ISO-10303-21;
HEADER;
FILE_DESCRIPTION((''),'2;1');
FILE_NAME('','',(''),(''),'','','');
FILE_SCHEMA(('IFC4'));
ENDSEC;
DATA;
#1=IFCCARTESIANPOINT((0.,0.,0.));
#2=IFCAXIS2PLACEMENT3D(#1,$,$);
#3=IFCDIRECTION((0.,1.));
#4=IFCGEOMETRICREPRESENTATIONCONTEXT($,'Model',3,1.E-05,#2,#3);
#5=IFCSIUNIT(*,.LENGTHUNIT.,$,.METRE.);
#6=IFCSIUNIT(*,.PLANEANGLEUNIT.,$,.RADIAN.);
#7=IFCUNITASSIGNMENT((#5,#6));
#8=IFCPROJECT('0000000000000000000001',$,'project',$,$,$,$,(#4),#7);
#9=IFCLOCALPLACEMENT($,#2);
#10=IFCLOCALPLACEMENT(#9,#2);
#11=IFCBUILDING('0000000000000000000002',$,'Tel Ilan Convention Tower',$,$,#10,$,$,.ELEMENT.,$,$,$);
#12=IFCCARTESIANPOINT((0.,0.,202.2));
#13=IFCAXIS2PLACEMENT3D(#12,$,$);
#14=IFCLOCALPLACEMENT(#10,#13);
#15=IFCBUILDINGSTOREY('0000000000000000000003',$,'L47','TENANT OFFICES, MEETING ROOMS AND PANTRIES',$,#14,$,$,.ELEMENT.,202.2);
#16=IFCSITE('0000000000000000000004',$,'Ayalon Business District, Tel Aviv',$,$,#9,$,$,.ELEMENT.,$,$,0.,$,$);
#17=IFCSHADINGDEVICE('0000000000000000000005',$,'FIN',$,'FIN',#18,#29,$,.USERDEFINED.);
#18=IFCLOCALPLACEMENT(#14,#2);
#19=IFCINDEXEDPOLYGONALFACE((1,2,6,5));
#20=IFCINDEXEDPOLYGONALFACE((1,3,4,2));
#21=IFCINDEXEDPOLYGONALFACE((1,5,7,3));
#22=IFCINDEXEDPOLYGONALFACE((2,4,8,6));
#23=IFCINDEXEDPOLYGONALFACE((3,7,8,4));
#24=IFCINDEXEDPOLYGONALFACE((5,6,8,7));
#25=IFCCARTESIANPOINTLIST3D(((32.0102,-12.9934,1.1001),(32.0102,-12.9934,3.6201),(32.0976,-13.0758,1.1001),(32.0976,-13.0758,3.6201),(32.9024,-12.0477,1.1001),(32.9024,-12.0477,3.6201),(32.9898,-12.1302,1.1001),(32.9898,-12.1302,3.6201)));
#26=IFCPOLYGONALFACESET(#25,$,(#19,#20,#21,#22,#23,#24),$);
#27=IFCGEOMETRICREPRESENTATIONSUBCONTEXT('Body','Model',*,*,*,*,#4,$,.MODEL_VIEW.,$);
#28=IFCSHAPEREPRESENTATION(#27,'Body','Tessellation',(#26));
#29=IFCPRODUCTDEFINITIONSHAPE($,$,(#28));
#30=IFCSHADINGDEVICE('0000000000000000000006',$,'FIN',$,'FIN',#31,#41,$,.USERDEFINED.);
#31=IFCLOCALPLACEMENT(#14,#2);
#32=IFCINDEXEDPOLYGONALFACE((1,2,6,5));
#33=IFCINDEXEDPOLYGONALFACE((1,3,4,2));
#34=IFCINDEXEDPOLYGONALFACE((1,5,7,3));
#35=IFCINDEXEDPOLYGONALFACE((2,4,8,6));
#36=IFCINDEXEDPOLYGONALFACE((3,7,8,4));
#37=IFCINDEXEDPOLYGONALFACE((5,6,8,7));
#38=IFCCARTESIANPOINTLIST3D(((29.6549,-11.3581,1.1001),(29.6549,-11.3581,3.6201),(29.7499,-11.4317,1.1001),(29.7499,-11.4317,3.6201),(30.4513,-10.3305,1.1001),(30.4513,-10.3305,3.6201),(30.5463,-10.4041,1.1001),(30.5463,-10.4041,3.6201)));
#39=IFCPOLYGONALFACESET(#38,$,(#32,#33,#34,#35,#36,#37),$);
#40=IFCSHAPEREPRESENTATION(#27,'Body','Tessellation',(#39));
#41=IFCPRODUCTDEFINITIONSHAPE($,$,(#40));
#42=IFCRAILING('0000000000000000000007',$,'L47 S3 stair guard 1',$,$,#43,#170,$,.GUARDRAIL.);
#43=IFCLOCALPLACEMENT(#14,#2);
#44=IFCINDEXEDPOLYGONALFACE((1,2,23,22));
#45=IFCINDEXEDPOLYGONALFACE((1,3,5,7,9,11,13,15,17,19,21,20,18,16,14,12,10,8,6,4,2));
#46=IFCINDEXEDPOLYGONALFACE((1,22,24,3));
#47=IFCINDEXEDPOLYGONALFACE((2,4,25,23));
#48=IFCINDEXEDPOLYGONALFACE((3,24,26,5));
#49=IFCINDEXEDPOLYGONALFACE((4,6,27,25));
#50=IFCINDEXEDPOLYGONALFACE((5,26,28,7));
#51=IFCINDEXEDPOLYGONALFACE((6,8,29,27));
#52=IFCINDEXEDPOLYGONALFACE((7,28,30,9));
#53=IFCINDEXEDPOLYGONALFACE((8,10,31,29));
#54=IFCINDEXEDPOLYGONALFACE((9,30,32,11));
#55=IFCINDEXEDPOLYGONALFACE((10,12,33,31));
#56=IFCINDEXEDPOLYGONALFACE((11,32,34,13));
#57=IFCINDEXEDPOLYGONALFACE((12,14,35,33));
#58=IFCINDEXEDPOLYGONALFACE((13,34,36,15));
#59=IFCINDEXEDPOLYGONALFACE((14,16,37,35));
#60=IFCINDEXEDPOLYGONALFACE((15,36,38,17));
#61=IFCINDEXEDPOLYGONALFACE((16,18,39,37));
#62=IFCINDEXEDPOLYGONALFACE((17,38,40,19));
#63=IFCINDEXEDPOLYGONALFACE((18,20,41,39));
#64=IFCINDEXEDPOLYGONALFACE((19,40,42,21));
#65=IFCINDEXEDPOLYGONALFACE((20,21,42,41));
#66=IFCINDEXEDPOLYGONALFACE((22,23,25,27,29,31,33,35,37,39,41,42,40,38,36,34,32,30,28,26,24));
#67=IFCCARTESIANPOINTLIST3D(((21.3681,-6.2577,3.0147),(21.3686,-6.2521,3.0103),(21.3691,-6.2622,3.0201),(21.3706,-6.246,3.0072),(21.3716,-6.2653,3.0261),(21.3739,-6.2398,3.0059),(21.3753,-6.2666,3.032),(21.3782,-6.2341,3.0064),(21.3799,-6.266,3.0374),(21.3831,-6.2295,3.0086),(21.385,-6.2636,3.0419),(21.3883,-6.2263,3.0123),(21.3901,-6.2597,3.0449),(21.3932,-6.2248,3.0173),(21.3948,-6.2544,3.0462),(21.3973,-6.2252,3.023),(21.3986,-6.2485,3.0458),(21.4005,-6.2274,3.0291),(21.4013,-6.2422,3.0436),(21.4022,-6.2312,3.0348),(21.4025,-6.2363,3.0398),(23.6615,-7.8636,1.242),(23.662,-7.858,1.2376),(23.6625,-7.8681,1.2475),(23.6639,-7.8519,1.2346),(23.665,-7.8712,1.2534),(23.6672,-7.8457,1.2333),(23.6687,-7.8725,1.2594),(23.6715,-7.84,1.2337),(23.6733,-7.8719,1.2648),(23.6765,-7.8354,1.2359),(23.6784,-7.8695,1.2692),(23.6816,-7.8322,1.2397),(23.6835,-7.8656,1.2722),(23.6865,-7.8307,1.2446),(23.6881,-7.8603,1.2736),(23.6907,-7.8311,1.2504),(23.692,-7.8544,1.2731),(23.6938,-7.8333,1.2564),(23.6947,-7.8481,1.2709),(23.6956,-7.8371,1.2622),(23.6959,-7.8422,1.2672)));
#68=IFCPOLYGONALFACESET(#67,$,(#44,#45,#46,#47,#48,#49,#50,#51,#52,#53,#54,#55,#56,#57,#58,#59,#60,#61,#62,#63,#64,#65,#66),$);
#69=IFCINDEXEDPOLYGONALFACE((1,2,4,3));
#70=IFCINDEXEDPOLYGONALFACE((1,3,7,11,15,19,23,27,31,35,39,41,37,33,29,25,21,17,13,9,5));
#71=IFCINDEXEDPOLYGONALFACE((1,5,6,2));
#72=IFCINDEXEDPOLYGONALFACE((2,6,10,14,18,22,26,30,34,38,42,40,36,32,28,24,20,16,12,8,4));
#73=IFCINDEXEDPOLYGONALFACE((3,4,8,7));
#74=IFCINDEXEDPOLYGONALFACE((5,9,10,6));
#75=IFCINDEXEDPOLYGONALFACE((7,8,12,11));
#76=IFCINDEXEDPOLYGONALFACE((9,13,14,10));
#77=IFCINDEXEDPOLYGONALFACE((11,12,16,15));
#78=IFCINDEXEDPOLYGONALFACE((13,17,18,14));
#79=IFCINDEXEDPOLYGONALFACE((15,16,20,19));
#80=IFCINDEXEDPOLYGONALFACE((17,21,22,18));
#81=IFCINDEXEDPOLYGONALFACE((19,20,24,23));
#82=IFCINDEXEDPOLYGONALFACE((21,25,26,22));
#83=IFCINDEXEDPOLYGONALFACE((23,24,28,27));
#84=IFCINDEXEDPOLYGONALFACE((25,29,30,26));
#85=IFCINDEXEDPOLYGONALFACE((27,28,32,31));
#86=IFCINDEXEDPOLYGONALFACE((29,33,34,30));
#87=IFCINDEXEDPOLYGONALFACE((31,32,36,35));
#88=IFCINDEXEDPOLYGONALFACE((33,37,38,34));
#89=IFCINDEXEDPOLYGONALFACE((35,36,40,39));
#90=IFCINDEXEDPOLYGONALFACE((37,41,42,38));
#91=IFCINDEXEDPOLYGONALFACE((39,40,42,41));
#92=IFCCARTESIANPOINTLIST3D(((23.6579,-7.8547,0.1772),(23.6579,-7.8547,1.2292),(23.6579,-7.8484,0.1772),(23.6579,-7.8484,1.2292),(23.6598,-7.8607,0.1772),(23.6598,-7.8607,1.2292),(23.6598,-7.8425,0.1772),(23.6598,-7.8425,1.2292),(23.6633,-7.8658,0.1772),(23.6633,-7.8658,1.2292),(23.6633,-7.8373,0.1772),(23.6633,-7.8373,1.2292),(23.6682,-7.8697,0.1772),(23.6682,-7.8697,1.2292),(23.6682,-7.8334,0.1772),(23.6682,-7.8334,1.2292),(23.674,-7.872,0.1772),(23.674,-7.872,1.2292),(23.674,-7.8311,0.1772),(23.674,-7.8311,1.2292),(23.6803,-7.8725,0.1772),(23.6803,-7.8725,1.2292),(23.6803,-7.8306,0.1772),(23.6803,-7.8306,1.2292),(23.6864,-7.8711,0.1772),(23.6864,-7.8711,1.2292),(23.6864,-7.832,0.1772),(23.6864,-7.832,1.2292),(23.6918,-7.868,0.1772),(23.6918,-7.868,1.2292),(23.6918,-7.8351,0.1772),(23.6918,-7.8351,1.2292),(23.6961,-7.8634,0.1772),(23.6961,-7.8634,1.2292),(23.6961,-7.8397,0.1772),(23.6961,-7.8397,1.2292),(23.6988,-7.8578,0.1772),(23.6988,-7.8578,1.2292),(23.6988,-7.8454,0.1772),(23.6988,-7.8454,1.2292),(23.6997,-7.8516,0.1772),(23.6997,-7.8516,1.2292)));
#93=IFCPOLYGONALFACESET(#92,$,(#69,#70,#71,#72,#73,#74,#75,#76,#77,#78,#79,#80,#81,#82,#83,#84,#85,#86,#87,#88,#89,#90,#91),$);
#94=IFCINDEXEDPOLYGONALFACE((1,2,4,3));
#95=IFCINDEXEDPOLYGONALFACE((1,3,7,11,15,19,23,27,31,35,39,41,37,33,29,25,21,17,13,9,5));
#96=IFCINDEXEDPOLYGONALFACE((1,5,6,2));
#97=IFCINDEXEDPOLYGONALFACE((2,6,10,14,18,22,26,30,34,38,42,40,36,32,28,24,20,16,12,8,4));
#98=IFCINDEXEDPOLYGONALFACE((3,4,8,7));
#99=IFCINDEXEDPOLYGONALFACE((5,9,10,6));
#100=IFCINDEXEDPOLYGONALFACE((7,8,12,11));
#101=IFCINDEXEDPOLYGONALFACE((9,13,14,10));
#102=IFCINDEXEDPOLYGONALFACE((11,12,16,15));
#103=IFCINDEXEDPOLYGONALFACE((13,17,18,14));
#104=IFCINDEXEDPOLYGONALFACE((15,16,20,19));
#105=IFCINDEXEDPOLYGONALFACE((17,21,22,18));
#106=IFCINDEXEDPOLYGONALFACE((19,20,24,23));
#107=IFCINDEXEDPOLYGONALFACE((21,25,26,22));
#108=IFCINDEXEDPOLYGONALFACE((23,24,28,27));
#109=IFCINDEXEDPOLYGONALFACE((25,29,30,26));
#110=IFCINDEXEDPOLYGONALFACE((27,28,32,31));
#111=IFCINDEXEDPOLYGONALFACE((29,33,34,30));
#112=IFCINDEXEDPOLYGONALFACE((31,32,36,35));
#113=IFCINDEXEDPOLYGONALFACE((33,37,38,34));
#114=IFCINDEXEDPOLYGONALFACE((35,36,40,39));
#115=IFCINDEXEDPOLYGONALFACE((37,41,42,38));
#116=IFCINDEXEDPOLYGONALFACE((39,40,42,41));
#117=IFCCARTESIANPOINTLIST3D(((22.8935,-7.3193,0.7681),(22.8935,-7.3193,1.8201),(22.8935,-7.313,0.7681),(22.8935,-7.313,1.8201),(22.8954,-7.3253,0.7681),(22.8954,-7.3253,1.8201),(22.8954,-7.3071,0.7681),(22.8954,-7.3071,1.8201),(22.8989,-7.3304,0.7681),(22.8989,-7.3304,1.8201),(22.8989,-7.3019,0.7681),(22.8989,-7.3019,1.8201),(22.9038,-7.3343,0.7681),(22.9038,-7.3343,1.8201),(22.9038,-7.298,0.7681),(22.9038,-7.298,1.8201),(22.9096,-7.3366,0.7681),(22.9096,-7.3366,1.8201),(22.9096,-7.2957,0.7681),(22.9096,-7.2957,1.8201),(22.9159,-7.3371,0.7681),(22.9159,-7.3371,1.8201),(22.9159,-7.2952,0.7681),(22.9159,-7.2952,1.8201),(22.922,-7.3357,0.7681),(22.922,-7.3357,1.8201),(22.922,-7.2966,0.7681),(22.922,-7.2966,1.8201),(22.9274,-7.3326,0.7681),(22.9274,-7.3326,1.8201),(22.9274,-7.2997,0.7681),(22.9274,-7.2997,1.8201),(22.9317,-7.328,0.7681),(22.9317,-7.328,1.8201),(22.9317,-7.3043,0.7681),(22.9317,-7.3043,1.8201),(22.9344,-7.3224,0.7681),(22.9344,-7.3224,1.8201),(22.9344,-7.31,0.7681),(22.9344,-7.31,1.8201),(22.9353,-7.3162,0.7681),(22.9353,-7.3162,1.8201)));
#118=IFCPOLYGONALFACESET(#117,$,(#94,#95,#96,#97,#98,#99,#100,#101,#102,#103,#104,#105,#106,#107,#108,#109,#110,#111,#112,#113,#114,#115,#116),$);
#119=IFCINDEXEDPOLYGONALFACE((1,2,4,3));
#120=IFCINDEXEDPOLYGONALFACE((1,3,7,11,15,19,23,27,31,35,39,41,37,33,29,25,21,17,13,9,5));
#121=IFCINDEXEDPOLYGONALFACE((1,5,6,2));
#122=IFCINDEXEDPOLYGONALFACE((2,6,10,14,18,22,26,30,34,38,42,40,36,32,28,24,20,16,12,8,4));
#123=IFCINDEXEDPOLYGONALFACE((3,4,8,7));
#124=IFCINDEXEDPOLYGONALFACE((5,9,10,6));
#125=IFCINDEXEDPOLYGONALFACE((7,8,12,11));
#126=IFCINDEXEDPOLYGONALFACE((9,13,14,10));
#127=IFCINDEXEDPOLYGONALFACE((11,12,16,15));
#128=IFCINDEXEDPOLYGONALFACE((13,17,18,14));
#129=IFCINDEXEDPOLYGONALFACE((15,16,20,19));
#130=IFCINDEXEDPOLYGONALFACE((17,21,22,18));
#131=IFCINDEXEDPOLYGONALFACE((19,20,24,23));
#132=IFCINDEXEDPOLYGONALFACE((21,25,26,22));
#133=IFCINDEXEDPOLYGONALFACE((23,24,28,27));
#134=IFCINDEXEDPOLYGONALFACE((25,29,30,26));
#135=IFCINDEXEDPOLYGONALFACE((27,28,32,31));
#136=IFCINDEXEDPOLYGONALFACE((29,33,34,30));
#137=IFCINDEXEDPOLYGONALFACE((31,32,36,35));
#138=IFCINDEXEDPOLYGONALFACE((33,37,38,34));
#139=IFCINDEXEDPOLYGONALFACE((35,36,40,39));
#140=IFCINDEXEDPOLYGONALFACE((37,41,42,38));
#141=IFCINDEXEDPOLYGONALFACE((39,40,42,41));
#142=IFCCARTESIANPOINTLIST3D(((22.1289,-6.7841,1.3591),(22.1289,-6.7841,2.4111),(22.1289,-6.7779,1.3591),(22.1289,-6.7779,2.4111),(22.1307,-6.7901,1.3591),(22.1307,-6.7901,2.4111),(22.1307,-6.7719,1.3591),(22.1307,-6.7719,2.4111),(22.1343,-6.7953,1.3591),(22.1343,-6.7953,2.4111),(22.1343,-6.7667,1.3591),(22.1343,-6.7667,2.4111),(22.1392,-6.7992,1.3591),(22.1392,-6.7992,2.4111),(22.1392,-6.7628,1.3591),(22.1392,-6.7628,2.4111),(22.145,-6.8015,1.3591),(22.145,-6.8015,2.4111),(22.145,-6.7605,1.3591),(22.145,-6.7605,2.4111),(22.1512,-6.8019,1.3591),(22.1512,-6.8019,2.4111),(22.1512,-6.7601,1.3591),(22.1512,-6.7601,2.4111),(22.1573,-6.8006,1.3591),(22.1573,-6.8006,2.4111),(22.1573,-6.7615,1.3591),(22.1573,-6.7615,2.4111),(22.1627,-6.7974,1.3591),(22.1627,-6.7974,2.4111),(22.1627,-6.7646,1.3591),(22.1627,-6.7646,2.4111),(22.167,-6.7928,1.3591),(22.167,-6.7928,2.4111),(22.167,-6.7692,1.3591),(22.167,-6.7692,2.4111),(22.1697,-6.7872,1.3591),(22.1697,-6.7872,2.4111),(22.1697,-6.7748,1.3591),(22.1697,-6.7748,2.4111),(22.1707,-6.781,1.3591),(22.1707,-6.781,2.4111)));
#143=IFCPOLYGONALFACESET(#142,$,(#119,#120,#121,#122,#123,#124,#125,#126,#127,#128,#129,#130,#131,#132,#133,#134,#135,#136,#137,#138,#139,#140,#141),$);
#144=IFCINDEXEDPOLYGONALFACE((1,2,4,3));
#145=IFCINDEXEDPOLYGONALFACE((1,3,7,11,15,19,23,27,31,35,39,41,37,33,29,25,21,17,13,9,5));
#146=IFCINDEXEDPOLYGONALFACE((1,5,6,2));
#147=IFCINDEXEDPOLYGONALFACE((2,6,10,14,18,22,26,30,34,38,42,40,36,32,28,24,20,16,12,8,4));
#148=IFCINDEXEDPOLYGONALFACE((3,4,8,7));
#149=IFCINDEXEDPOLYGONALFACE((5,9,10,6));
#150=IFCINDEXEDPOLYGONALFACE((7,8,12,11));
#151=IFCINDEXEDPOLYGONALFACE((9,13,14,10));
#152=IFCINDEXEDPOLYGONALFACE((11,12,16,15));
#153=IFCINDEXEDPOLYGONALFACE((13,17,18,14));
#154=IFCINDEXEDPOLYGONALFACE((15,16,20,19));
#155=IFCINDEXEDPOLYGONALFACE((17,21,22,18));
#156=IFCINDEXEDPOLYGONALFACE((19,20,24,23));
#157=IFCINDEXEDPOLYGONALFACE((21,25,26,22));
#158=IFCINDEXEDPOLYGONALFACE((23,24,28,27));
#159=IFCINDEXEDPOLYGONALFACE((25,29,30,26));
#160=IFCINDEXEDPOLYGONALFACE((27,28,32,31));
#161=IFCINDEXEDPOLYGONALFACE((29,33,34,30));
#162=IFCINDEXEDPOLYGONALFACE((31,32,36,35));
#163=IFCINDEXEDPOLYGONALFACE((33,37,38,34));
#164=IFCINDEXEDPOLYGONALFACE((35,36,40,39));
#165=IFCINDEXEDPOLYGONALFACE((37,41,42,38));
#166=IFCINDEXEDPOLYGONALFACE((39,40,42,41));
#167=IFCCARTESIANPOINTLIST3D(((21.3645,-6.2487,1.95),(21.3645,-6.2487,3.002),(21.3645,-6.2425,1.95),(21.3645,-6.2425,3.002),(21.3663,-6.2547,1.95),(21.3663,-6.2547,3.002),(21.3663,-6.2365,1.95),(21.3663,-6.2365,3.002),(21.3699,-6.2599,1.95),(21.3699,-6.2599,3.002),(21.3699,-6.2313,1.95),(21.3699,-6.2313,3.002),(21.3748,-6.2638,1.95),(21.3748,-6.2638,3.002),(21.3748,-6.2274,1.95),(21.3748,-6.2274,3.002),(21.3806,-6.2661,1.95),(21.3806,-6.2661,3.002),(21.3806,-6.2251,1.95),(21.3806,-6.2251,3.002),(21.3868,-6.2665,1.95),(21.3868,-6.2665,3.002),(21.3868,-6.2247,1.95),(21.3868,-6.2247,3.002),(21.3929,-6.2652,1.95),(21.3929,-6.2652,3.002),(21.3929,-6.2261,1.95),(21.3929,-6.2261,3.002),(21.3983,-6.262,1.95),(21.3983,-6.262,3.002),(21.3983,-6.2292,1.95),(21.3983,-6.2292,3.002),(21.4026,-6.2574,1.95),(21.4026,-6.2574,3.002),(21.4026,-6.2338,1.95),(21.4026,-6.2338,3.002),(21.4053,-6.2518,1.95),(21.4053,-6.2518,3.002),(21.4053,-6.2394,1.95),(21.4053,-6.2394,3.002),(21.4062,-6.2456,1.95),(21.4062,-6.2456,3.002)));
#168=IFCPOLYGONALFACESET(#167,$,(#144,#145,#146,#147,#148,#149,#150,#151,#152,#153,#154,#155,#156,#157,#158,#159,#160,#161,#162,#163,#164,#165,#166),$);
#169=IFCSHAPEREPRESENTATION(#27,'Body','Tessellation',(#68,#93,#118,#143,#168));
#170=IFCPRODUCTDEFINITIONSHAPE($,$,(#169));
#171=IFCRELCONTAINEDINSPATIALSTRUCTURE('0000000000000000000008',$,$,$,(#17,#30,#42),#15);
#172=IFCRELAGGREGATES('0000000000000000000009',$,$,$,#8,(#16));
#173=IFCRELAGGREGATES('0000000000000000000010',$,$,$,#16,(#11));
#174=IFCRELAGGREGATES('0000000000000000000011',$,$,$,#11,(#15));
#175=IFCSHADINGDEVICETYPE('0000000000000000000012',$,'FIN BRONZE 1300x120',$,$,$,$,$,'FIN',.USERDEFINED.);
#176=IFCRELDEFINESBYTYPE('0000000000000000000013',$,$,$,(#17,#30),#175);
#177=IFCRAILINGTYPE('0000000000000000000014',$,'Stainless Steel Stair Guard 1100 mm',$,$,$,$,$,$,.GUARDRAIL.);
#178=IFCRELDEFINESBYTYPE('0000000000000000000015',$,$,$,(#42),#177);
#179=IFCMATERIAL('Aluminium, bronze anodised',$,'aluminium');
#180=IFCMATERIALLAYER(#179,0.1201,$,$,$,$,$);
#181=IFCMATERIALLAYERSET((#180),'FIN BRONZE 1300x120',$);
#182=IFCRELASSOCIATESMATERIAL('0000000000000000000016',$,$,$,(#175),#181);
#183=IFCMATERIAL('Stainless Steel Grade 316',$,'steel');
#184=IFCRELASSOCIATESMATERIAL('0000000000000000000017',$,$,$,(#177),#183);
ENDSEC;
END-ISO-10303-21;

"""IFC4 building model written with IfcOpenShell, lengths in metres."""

from ifc_helpers import new_model, si_unit, direction, frame, origin, origin_2d, place, context, subcontext, project, spatial, rectangle, circle, extrude, material, layer, layer_set, type_object, element, save


model = new_model("IFC4")

# Units and contexts
model_context = context("Model", 3, precision=1e-05, world=origin(), true_north=direction((0.0, 1.0)))
body_context = subcontext(model_context, "Body", "Model", "MODEL_VIEW")
ifc_project = project(units=[si_unit("LENGTHUNIT", "METRE"), si_unit("PLANEANGLEUNIT", "RADIAN")], contexts=[model_context])

# Site, building, storey
site_placement = place(None, origin())
site = spatial("IfcSite", under=ifc_project, at=site_placement, Name="Ayalon Business District, Tel Aviv", CompositionType="ELEMENT", RefElevation=0.0)
building_placement = place(site_placement, origin())
building = spatial("IfcBuilding", under=site, at=building_placement, Name="Tel Ilan Convention Tower", CompositionType="ELEMENT")
storey_placement = place(building_placement, frame((0.0, 0.0, 202.2)))
storey = spatial("IfcBuildingStorey", under=building, at=storey_placement, Name="L47", Description="TENANT OFFICES, MEETING ROOMS AND PANTRIES", CompositionType="ELEMENT", Elevation=202.2)

# Shading devices
ifc_material_1 = material(Name="Aluminium, bronze anodised", Category="aluminium")
ifc_layer_1 = layer(ifc_material_1, 0.1201)
ifc_layer_set_1 = layer_set([ifc_layer_1], Name="FIN BRONZE 1300x120")
shading_device_type = type_object("IfcShadingDeviceType", Name="FIN BRONZE 1300x120", ElementType="FIN", PredefinedType="USERDEFINED", material=ifc_layer_set_1)
for number, where, z_axis, x_axis, name in (
    (1, (32.5, -12.5618, 1.1001), (0.0, 0.0, 1.0), (0.686242, 0.727374, 0.0), "FIN"),
    (2, (30.1006, -10.8811, 1.1001), (0.0, 0.0, 1.0), (0.612601, 0.790393, 0.0), "FIN"),
):
    element("IfcShadingDevice", number, at=place(storey_placement, frame(where, z_axis=z_axis, x_axis=x_axis)), inside=storey, type_object=shading_device_type, Name=name, ObjectType="FIN", PredefinedType="USERDEFINED", context=body_context, shape_type="SweptSolid", body=[
        extrude(rectangle(XDim=1.3, YDim=0.1201, at=origin_2d()), origin(), (0.0, 0.0, 1.0), 2.52),
    ])

# Railing
ifc_material_2 = material(Name="Stainless Steel Grade 316", Category="steel")
railing_type_1 = type_object("IfcRailingType", Name="Stainless Steel Stair Guard 1100 mm", PredefinedType="GUARDRAIL", material=ifc_material_2)
railing_1_placement = place(storey_placement, frame((23.6787, -7.8516, 0.1772)))
element("IfcRailing", 3, at=railing_1_placement, inside=storey, type_object=railing_type_1, Name="L47 S3 stair guard 1", PredefinedType="GUARDRAIL", context=body_context, shape_type="SweptSolid", body=[
    extrude(circle(Radius=0.0239, at=origin_2d()), frame((0.0, 0.0, 1.0762), z_axis=(-0.692085, 0.484621, 0.53494), x_axis=(-0.573591, -0.819142, 0.0)), (0.0, 0.0, 1.0), 3.3137),
    extrude(circle(Radius=0.021, at=origin_2d()), origin(), (0.0, 0.0, 1.0), 1.052),
    extrude(circle(Radius=0.021, at=origin_2d()), frame((-0.7644, 0.5354, 0.5908)), (0.0, 0.0, 1.0), 1.052),
    extrude(circle(Radius=0.021, at=origin_2d()), frame((-1.5291, 1.0706, 1.1819)), (0.0, 0.0, 1.0), 1.052),
    extrude(circle(Radius=0.021, at=origin_2d()), frame((-2.2935, 1.606, 1.7727)), (0.0, 0.0, 1.0), 1.052),
])

save(model, "model.ifc")
